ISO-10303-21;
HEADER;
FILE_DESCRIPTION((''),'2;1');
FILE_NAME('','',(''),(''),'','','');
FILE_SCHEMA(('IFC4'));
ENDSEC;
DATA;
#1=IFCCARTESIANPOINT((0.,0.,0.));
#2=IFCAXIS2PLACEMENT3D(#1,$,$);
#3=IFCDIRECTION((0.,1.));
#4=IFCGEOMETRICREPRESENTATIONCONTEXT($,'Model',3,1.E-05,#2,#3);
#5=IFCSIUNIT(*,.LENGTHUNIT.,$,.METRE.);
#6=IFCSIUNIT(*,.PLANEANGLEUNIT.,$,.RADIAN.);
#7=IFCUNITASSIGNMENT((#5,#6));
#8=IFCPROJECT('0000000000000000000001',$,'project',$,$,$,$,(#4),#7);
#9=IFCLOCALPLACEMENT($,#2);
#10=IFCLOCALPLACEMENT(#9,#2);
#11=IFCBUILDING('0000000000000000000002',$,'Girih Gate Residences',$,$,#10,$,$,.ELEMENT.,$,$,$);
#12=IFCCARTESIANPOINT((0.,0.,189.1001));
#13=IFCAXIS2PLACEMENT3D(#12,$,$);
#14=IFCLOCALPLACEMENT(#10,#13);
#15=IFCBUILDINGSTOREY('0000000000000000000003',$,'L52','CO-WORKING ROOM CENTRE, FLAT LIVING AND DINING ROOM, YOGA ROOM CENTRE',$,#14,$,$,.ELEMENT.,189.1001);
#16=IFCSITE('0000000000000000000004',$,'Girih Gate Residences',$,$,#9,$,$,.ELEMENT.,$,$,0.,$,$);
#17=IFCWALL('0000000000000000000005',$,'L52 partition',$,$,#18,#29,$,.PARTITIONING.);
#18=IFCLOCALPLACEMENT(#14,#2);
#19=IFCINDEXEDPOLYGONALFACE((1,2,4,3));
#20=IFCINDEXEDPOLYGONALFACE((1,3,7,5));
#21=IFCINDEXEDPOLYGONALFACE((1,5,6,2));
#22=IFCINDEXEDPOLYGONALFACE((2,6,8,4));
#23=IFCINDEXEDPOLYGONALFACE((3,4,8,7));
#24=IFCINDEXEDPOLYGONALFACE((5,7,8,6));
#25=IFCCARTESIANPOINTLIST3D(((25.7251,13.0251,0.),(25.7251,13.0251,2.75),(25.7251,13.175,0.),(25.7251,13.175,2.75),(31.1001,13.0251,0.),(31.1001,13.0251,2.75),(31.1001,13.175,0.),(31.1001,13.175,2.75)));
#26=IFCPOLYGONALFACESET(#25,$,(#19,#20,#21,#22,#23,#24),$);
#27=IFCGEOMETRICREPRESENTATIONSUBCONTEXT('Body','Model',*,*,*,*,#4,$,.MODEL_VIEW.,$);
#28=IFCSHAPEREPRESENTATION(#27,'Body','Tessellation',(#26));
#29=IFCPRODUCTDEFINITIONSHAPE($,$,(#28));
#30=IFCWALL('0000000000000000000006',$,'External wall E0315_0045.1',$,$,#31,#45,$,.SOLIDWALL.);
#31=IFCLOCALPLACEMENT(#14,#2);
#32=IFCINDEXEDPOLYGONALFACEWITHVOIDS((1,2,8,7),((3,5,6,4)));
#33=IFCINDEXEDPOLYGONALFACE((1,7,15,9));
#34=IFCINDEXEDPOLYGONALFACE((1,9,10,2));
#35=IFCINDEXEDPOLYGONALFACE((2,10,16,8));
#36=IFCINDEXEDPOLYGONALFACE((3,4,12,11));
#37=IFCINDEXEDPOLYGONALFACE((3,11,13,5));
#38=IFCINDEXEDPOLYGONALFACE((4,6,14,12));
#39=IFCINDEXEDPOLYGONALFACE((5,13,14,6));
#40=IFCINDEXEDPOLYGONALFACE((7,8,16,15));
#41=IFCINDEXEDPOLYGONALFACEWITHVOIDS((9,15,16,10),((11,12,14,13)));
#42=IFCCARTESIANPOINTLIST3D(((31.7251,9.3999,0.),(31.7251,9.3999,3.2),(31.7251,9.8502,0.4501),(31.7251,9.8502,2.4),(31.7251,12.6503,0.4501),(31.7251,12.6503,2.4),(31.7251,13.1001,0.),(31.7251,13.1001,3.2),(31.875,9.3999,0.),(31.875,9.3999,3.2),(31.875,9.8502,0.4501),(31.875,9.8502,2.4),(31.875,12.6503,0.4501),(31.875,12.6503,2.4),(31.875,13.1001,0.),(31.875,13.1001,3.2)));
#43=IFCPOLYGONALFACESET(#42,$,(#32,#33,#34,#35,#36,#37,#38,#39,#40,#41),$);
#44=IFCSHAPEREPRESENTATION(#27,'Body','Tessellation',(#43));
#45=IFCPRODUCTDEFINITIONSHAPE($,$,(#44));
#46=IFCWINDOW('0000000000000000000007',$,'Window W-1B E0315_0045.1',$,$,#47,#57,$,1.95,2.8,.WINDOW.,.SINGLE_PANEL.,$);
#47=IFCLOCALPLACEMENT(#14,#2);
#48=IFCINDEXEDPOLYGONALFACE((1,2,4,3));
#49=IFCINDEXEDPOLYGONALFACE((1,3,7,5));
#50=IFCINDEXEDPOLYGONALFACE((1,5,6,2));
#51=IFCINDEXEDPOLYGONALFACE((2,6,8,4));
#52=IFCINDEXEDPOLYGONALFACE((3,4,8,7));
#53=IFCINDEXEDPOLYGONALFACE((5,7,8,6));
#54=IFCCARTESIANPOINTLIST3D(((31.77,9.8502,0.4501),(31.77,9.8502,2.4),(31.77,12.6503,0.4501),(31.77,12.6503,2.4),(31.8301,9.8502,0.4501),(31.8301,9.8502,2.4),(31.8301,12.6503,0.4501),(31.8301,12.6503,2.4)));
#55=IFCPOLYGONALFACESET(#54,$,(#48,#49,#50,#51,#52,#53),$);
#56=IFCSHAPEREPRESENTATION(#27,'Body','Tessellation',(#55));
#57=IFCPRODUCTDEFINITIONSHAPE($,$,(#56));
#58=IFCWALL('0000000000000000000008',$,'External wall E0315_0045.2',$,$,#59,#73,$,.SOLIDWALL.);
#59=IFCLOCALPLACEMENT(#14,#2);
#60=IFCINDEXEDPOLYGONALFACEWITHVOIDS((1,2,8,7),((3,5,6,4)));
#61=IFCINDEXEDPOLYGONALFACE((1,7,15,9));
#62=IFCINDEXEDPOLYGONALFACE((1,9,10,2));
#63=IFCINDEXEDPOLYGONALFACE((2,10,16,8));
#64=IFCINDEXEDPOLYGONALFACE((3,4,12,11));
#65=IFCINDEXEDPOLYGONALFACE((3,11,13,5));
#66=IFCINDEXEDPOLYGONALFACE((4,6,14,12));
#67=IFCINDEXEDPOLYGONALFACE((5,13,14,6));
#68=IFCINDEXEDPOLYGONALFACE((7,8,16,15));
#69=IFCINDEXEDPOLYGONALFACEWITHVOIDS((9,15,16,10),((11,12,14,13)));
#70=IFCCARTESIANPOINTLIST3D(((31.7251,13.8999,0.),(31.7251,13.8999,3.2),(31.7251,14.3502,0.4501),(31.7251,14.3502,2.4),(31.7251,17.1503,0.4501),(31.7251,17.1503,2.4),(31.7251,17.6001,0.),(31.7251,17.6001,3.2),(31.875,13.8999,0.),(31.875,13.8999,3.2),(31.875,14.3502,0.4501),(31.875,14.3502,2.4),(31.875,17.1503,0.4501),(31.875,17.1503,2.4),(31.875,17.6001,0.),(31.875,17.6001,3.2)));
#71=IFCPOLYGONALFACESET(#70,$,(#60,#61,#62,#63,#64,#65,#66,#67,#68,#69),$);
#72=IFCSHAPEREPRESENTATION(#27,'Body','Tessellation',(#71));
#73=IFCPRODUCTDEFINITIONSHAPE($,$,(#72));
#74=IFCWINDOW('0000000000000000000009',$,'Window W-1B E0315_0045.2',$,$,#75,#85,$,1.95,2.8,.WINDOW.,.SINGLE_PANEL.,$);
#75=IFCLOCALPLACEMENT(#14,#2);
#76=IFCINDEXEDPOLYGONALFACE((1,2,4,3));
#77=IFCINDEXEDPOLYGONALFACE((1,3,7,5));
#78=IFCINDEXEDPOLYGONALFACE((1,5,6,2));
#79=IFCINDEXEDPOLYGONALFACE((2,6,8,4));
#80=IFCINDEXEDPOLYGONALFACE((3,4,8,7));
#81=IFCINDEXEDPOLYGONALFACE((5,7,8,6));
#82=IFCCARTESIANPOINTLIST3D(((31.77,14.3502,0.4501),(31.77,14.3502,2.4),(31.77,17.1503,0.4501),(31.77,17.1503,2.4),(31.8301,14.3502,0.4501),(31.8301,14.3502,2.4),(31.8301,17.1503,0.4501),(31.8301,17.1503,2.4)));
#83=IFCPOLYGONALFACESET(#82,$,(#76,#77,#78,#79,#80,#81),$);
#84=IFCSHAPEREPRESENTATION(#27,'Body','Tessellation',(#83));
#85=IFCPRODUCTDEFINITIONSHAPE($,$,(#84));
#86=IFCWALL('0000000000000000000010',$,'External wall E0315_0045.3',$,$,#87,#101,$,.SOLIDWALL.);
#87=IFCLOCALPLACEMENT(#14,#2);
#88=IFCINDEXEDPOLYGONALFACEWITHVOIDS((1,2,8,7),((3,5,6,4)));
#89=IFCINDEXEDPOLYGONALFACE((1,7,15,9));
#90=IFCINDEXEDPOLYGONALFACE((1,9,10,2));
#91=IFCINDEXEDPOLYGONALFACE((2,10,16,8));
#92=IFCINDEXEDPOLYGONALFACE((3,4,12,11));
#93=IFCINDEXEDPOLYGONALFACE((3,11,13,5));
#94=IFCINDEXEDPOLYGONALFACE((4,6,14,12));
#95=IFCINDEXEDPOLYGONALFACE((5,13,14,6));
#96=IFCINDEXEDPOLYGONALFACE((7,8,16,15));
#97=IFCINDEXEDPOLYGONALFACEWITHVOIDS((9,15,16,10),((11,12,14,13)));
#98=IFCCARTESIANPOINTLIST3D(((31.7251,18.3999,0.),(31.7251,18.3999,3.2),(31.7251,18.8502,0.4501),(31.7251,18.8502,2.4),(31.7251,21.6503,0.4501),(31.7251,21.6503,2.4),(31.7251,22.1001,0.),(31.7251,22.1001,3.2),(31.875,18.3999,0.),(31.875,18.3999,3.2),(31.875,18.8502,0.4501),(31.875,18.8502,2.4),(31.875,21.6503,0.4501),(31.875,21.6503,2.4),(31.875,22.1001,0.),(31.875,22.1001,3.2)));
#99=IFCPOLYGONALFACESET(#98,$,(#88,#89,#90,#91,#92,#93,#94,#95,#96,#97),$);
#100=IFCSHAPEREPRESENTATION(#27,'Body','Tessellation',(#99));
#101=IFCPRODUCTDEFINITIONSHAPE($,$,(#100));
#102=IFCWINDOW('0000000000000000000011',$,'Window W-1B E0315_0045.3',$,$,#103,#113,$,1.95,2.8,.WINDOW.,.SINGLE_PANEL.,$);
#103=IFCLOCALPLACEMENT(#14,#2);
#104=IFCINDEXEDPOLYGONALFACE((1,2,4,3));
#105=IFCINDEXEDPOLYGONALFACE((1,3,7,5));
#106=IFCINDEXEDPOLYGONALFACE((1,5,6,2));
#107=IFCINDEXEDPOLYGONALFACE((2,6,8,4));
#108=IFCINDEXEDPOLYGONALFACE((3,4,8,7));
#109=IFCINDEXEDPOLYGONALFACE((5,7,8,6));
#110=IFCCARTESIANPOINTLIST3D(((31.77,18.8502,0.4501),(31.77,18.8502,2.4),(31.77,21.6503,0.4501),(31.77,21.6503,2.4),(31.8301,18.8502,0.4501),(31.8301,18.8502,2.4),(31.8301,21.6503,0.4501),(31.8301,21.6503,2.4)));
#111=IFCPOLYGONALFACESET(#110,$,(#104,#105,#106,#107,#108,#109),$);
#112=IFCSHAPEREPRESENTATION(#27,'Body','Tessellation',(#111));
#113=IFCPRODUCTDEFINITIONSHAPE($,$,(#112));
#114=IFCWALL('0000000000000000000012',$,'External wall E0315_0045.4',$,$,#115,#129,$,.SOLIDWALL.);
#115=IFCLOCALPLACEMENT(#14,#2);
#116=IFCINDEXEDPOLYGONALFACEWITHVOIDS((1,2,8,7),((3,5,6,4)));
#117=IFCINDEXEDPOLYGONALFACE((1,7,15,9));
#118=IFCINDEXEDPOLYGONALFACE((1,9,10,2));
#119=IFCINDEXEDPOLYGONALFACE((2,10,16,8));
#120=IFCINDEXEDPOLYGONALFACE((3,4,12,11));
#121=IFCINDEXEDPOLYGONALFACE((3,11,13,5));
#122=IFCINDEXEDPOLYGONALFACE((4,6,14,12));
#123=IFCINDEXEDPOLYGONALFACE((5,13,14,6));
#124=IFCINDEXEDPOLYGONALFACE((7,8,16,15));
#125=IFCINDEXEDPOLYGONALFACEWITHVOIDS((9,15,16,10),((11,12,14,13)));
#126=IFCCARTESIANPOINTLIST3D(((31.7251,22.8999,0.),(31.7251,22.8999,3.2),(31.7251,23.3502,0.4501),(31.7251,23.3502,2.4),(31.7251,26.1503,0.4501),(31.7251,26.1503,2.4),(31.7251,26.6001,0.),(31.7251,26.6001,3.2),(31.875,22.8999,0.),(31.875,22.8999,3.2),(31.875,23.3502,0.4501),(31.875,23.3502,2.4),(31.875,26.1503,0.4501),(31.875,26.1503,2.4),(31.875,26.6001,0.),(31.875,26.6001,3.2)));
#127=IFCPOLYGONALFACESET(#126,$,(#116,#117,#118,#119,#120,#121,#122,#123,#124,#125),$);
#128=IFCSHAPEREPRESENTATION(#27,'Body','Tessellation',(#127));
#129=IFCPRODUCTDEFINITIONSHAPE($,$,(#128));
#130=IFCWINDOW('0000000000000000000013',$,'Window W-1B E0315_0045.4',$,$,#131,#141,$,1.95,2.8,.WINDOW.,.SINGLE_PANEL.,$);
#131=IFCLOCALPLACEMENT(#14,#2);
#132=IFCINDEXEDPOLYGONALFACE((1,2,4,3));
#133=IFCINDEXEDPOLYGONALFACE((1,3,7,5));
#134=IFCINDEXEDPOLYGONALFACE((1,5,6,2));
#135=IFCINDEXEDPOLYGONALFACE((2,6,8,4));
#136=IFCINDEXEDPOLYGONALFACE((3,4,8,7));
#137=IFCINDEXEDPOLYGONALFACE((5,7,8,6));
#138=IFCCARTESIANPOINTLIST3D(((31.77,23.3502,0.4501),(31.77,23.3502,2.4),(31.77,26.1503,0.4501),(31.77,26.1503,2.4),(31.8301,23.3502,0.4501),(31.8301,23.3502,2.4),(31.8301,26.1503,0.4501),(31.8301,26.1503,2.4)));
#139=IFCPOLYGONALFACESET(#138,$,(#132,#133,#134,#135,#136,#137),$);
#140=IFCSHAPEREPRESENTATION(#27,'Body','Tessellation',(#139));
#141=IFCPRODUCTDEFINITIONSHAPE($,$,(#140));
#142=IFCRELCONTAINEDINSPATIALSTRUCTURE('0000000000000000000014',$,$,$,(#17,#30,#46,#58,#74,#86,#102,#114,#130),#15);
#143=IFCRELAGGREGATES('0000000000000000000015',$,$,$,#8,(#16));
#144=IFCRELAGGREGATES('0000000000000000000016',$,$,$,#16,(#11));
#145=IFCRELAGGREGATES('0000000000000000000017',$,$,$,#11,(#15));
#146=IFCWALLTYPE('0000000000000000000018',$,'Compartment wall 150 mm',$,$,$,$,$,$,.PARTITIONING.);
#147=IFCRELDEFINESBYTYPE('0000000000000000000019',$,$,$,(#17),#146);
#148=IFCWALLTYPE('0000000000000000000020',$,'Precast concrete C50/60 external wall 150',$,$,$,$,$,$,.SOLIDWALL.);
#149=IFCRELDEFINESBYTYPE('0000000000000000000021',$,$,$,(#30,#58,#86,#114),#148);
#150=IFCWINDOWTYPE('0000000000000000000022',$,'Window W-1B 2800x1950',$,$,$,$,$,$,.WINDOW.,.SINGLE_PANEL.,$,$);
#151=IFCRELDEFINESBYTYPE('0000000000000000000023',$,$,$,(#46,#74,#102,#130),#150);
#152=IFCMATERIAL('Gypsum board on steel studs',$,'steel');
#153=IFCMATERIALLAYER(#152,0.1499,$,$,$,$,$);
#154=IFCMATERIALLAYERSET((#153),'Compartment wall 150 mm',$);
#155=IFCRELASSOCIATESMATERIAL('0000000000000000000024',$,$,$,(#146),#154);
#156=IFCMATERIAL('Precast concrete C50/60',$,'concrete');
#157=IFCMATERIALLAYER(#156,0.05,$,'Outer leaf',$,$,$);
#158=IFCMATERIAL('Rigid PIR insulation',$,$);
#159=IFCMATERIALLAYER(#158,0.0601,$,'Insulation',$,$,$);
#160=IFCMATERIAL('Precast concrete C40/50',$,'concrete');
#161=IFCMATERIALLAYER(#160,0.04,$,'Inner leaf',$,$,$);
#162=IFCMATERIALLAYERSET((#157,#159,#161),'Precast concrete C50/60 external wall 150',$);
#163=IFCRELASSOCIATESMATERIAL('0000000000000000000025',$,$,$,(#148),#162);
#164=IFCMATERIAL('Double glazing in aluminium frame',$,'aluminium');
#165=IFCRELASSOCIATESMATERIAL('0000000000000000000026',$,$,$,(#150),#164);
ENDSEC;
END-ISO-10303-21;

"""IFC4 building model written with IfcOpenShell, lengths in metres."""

from ifc_helpers import new_model, si_unit, direction, frame, frame_2d, origin, place, context, subcontext, project, spatial, rectangle, extrude, material, layer, layer_set, type_object, element, fill, save


model = new_model("IFC4")

# Units and contexts
model_context = context("Model", 3, precision=1e-05, world=origin(), true_north=direction((0.0, 1.0)))
body_context = subcontext(model_context, "Body", "Model", "MODEL_VIEW")
ifc_project = project(units=[si_unit("LENGTHUNIT", "METRE"), si_unit("PLANEANGLEUNIT", "RADIAN")], contexts=[model_context])

# Site, building, storey
site_placement = place(None, origin())
site = spatial("IfcSite", under=ifc_project, at=site_placement, Name="Girih Gate Residences", CompositionType="ELEMENT", RefElevation=0.0)
building_placement = place(site_placement, origin())
building = spatial("IfcBuilding", under=site, at=building_placement, Name="Girih Gate Residences", CompositionType="ELEMENT")
storey_placement = place(building_placement, frame((0.0, 0.0, 189.1001)))
storey = spatial("IfcBuildingStorey", under=building, at=storey_placement, Name="L52", Description="CO-WORKING ROOM CENTRE, FLAT LIVING AND DINING ROOM, YOGA ROOM CENTRE", CompositionType="ELEMENT", Elevation=189.1001)

# Shared definitions
ifc_material_1 = material(Name="Gypsum board on steel studs", Category="steel")
ifc_layer_1 = layer(ifc_material_1, 0.1499)
ifc_layer_set_1 = layer_set([ifc_layer_1], Name="Compartment wall 150 mm")
wall_type_1 = type_object("IfcWallType", Name="Compartment wall 150 mm", PredefinedType="PARTITIONING", material=ifc_layer_set_1)

# Wall
for number, where, z_axis, x_axis, name in (
    (1, (25.7251, 13.1001, 0.0), (0.0, 0.0, 1.0), (1.0, 0.0, 0.0), "L52 partition"),
):
    element("IfcWall", number, at=place(storey_placement, frame(where, z_axis=z_axis, x_axis=x_axis)), inside=storey, type_object=wall_type_1, Name=name, PredefinedType="PARTITIONING", context=body_context, shape_type="SweptSolid", body=[
        extrude(rectangle(XDim=5.375, YDim=0.1499, at=frame_2d((2.6875, 0.0))), origin(), (0.0, 0.0, 1.0), 2.75),
    ])

# Walls, openings, windows
ifc_material_2 = material(Name="Precast concrete C50/60", Category="concrete")
ifc_layer_2 = layer(ifc_material_2, 0.05, Name="Outer leaf")
ifc_material_3 = material(Name="Rigid PIR insulation")
ifc_layer_3 = layer(ifc_material_3, 0.0601, Name="Insulation")
ifc_material_4 = material(Name="Precast concrete C40/50", Category="concrete")
ifc_layer_4 = layer(ifc_material_4, 0.04, Name="Inner leaf")
ifc_layer_set_2 = layer_set([ifc_layer_2, ifc_layer_3, ifc_layer_4], Name="Precast concrete C50/60 external wall 150")
wall_type_2 = type_object("IfcWallType", Name="Precast concrete C50/60 external wall 150", PredefinedType="SOLIDWALL", material=ifc_layer_set_2)
wall_1_placement = place(storey_placement, frame((31.8, 13.1001, 0.0), z_axis=(0.0, 0.0, 1.0), x_axis=(0.0, -1.0, 0.0)))
wall_1 = element("IfcWall", 2, at=wall_1_placement, inside=storey, type_object=wall_type_2, Name="External wall E0315_0045.1", PredefinedType="SOLIDWALL", context=body_context, shape_type="SweptSolid", body=[
    extrude(rectangle(XDim=3.7002, YDim=0.1499, at=frame_2d((1.8501, 0.0))), origin(), (0.0, 0.0, 1.0), 3.2),
])
opening_1_placement = place(wall_1_placement, frame((0.45, 0.0, 0.45)))
opening_1 = element("IfcOpeningElement", 3, at=opening_1_placement, cuts=wall_1, PredefinedType="OPENING", context=body_context, shape_type="SweptSolid", body=[
    extrude(rectangle(XDim=2.8, YDim=1.95, at=frame_2d((1.3999, 0.9751))), frame((0.0, 0.085, 0.0), z_axis=(0.0, -1.0, 0.0), x_axis=(1.0, 0.0, 0.0)), (0.0, 0.0, 1.0), 0.1699),
])
ifc_material_5 = material(Name="Double glazing in aluminium frame", Category="aluminium")
window_type = type_object("IfcWindowType", Name="Window W-1B 2800x1950", PartitioningType="SINGLE_PANEL", PredefinedType="WINDOW", material=ifc_material_5)
window_1_placement = place(opening_1_placement, origin())
window_1 = element("IfcWindow", 4, at=window_1_placement, inside=storey, type_object=window_type, Name="Window W-1B E0315_0045.1", OverallHeight=1.95, OverallWidth=2.8, PartitioningType="SINGLE_PANEL", PredefinedType="WINDOW", context=body_context, shape_type="SweptSolid", body=[
    extrude(rectangle(XDim=2.8, YDim=1.95, at=frame_2d((1.3999, 0.9751))), frame((0.0, 0.03, 0.0), z_axis=(0.0, -1.0, 0.0), x_axis=(1.0, 0.0, 0.0)), (0.0, 0.0, 1.0), 0.0601),
])
fill(opening_1, window_1)
wall_2_placement = place(storey_placement, frame((31.8, 17.6001, 0.0), z_axis=(0.0, 0.0, 1.0), x_axis=(0.0, -1.0, 0.0)))
wall_2 = element("IfcWall", 5, at=wall_2_placement, inside=storey, type_object=wall_type_2, Name="External wall E0315_0045.2", PredefinedType="SOLIDWALL", context=body_context, shape_type="SweptSolid", body=[
    extrude(rectangle(XDim=3.7002, YDim=0.1499, at=frame_2d((1.8501, 0.0))), origin(), (0.0, 0.0, 1.0), 3.2),
])
opening_2_placement = place(wall_2_placement, frame((0.45, 0.0, 0.45)))
opening_2 = element("IfcOpeningElement", 6, at=opening_2_placement, cuts=wall_2, PredefinedType="OPENING", context=body_context, shape_type="SweptSolid", body=[
    extrude(rectangle(XDim=2.8, YDim=1.95, at=frame_2d((1.3999, 0.9751))), frame((0.0, 0.085, 0.0), z_axis=(0.0, -1.0, 0.0), x_axis=(1.0, 0.0, 0.0)), (0.0, 0.0, 1.0), 0.1699),
])
window_2_placement = place(opening_2_placement, origin())
window_2 = element("IfcWindow", 7, at=window_2_placement, inside=storey, type_object=window_type, Name="Window W-1B E0315_0045.2", OverallHeight=1.95, OverallWidth=2.8, PartitioningType="SINGLE_PANEL", PredefinedType="WINDOW", context=body_context, shape_type="SweptSolid", body=[
    extrude(rectangle(XDim=2.8, YDim=1.95, at=frame_2d((1.3999, 0.9751))), frame((0.0, 0.03, 0.0), z_axis=(0.0, -1.0, 0.0), x_axis=(1.0, 0.0, 0.0)), (0.0, 0.0, 1.0), 0.0601),
])
fill(opening_2, window_2)
wall_3_placement = place(storey_placement, frame((31.8, 22.1001, 0.0), z_axis=(0.0, 0.0, 1.0), x_axis=(0.0, -1.0, 0.0)))
wall_3 = element("IfcWall", 8, at=wall_3_placement, inside=storey, type_object=wall_type_2, Name="External wall E0315_0045.3", PredefinedType="SOLIDWALL", context=body_context, shape_type="SweptSolid", body=[
    extrude(rectangle(XDim=3.7002, YDim=0.1499, at=frame_2d((1.8501, 0.0))), origin(), (0.0, 0.0, 1.0), 3.2),
])
opening_3_placement = place(wall_3_placement, frame((0.45, 0.0, 0.45)))
opening_3 = element("IfcOpeningElement", 9, at=opening_3_placement, cuts=wall_3, PredefinedType="OPENING", context=body_context, shape_type="SweptSolid", body=[
    extrude(rectangle(XDim=2.8, YDim=1.95, at=frame_2d((1.3999, 0.9751))), frame((0.0, 0.085, 0.0), z_axis=(0.0, -1.0, 0.0), x_axis=(1.0, 0.0, 0.0)), (0.0, 0.0, 1.0), 0.1699),
])
window_3_placement = place(opening_3_placement, origin())
window_3 = element("IfcWindow", 10, at=window_3_placement, inside=storey, type_object=window_type, Name="Window W-1B E0315_0045.3", OverallHeight=1.95, OverallWidth=2.8, PartitioningType="SINGLE_PANEL", PredefinedType="WINDOW", context=body_context, shape_type="SweptSolid", body=[
    extrude(rectangle(XDim=2.8, YDim=1.95, at=frame_2d((1.3999, 0.9751))), frame((0.0, 0.03, 0.0), z_axis=(0.0, -1.0, 0.0), x_axis=(1.0, 0.0, 0.0)), (0.0, 0.0, 1.0), 0.0601),
])
fill(opening_3, window_3)
wall_4_placement = place(storey_placement, frame((31.8, 26.6001, 0.0), z_axis=(0.0, 0.0, 1.0), x_axis=(0.0, -1.0, 0.0)))
wall_4 = element("IfcWall", 11, at=wall_4_placement, inside=storey, type_object=wall_type_2, Name="External wall E0315_0045.4", PredefinedType="SOLIDWALL", context=body_context, shape_type="SweptSolid", body=[
    extrude(rectangle(XDim=3.7002, YDim=0.1499, at=frame_2d((1.8501, 0.0))), origin(), (0.0, 0.0, 1.0), 3.2),
])
opening_4_placement = place(wall_4_placement, frame((0.45, 0.0, 0.45)))
opening_4 = element("IfcOpeningElement", 12, at=opening_4_placement, cuts=wall_4, PredefinedType="OPENING", context=body_context, shape_type="SweptSolid", body=[
    extrude(rectangle(XDim=2.8, YDim=1.95, at=frame_2d((1.3999, 0.9751))), frame((0.0, 0.085, 0.0), z_axis=(0.0, -1.0, 0.0), x_axis=(1.0, 0.0, 0.0)), (0.0, 0.0, 1.0), 0.1699),
])
window_4_placement = place(opening_4_placement, origin())
window_4 = element("IfcWindow", 13, at=window_4_placement, inside=storey, type_object=window_type, Name="Window W-1B E0315_0045.4", OverallHeight=1.95, OverallWidth=2.8, PartitioningType="SINGLE_PANEL", PredefinedType="WINDOW", context=body_context, shape_type="SweptSolid", body=[
    extrude(rectangle(XDim=2.8, YDim=1.95, at=frame_2d((1.3999, 0.9751))), frame((0.0, 0.03, 0.0), z_axis=(0.0, -1.0, 0.0), x_axis=(1.0, 0.0, 0.0)), (0.0, 0.0, 1.0), 0.0601),
])
fill(opening_4, window_4)

save(model, "model.ifc")
